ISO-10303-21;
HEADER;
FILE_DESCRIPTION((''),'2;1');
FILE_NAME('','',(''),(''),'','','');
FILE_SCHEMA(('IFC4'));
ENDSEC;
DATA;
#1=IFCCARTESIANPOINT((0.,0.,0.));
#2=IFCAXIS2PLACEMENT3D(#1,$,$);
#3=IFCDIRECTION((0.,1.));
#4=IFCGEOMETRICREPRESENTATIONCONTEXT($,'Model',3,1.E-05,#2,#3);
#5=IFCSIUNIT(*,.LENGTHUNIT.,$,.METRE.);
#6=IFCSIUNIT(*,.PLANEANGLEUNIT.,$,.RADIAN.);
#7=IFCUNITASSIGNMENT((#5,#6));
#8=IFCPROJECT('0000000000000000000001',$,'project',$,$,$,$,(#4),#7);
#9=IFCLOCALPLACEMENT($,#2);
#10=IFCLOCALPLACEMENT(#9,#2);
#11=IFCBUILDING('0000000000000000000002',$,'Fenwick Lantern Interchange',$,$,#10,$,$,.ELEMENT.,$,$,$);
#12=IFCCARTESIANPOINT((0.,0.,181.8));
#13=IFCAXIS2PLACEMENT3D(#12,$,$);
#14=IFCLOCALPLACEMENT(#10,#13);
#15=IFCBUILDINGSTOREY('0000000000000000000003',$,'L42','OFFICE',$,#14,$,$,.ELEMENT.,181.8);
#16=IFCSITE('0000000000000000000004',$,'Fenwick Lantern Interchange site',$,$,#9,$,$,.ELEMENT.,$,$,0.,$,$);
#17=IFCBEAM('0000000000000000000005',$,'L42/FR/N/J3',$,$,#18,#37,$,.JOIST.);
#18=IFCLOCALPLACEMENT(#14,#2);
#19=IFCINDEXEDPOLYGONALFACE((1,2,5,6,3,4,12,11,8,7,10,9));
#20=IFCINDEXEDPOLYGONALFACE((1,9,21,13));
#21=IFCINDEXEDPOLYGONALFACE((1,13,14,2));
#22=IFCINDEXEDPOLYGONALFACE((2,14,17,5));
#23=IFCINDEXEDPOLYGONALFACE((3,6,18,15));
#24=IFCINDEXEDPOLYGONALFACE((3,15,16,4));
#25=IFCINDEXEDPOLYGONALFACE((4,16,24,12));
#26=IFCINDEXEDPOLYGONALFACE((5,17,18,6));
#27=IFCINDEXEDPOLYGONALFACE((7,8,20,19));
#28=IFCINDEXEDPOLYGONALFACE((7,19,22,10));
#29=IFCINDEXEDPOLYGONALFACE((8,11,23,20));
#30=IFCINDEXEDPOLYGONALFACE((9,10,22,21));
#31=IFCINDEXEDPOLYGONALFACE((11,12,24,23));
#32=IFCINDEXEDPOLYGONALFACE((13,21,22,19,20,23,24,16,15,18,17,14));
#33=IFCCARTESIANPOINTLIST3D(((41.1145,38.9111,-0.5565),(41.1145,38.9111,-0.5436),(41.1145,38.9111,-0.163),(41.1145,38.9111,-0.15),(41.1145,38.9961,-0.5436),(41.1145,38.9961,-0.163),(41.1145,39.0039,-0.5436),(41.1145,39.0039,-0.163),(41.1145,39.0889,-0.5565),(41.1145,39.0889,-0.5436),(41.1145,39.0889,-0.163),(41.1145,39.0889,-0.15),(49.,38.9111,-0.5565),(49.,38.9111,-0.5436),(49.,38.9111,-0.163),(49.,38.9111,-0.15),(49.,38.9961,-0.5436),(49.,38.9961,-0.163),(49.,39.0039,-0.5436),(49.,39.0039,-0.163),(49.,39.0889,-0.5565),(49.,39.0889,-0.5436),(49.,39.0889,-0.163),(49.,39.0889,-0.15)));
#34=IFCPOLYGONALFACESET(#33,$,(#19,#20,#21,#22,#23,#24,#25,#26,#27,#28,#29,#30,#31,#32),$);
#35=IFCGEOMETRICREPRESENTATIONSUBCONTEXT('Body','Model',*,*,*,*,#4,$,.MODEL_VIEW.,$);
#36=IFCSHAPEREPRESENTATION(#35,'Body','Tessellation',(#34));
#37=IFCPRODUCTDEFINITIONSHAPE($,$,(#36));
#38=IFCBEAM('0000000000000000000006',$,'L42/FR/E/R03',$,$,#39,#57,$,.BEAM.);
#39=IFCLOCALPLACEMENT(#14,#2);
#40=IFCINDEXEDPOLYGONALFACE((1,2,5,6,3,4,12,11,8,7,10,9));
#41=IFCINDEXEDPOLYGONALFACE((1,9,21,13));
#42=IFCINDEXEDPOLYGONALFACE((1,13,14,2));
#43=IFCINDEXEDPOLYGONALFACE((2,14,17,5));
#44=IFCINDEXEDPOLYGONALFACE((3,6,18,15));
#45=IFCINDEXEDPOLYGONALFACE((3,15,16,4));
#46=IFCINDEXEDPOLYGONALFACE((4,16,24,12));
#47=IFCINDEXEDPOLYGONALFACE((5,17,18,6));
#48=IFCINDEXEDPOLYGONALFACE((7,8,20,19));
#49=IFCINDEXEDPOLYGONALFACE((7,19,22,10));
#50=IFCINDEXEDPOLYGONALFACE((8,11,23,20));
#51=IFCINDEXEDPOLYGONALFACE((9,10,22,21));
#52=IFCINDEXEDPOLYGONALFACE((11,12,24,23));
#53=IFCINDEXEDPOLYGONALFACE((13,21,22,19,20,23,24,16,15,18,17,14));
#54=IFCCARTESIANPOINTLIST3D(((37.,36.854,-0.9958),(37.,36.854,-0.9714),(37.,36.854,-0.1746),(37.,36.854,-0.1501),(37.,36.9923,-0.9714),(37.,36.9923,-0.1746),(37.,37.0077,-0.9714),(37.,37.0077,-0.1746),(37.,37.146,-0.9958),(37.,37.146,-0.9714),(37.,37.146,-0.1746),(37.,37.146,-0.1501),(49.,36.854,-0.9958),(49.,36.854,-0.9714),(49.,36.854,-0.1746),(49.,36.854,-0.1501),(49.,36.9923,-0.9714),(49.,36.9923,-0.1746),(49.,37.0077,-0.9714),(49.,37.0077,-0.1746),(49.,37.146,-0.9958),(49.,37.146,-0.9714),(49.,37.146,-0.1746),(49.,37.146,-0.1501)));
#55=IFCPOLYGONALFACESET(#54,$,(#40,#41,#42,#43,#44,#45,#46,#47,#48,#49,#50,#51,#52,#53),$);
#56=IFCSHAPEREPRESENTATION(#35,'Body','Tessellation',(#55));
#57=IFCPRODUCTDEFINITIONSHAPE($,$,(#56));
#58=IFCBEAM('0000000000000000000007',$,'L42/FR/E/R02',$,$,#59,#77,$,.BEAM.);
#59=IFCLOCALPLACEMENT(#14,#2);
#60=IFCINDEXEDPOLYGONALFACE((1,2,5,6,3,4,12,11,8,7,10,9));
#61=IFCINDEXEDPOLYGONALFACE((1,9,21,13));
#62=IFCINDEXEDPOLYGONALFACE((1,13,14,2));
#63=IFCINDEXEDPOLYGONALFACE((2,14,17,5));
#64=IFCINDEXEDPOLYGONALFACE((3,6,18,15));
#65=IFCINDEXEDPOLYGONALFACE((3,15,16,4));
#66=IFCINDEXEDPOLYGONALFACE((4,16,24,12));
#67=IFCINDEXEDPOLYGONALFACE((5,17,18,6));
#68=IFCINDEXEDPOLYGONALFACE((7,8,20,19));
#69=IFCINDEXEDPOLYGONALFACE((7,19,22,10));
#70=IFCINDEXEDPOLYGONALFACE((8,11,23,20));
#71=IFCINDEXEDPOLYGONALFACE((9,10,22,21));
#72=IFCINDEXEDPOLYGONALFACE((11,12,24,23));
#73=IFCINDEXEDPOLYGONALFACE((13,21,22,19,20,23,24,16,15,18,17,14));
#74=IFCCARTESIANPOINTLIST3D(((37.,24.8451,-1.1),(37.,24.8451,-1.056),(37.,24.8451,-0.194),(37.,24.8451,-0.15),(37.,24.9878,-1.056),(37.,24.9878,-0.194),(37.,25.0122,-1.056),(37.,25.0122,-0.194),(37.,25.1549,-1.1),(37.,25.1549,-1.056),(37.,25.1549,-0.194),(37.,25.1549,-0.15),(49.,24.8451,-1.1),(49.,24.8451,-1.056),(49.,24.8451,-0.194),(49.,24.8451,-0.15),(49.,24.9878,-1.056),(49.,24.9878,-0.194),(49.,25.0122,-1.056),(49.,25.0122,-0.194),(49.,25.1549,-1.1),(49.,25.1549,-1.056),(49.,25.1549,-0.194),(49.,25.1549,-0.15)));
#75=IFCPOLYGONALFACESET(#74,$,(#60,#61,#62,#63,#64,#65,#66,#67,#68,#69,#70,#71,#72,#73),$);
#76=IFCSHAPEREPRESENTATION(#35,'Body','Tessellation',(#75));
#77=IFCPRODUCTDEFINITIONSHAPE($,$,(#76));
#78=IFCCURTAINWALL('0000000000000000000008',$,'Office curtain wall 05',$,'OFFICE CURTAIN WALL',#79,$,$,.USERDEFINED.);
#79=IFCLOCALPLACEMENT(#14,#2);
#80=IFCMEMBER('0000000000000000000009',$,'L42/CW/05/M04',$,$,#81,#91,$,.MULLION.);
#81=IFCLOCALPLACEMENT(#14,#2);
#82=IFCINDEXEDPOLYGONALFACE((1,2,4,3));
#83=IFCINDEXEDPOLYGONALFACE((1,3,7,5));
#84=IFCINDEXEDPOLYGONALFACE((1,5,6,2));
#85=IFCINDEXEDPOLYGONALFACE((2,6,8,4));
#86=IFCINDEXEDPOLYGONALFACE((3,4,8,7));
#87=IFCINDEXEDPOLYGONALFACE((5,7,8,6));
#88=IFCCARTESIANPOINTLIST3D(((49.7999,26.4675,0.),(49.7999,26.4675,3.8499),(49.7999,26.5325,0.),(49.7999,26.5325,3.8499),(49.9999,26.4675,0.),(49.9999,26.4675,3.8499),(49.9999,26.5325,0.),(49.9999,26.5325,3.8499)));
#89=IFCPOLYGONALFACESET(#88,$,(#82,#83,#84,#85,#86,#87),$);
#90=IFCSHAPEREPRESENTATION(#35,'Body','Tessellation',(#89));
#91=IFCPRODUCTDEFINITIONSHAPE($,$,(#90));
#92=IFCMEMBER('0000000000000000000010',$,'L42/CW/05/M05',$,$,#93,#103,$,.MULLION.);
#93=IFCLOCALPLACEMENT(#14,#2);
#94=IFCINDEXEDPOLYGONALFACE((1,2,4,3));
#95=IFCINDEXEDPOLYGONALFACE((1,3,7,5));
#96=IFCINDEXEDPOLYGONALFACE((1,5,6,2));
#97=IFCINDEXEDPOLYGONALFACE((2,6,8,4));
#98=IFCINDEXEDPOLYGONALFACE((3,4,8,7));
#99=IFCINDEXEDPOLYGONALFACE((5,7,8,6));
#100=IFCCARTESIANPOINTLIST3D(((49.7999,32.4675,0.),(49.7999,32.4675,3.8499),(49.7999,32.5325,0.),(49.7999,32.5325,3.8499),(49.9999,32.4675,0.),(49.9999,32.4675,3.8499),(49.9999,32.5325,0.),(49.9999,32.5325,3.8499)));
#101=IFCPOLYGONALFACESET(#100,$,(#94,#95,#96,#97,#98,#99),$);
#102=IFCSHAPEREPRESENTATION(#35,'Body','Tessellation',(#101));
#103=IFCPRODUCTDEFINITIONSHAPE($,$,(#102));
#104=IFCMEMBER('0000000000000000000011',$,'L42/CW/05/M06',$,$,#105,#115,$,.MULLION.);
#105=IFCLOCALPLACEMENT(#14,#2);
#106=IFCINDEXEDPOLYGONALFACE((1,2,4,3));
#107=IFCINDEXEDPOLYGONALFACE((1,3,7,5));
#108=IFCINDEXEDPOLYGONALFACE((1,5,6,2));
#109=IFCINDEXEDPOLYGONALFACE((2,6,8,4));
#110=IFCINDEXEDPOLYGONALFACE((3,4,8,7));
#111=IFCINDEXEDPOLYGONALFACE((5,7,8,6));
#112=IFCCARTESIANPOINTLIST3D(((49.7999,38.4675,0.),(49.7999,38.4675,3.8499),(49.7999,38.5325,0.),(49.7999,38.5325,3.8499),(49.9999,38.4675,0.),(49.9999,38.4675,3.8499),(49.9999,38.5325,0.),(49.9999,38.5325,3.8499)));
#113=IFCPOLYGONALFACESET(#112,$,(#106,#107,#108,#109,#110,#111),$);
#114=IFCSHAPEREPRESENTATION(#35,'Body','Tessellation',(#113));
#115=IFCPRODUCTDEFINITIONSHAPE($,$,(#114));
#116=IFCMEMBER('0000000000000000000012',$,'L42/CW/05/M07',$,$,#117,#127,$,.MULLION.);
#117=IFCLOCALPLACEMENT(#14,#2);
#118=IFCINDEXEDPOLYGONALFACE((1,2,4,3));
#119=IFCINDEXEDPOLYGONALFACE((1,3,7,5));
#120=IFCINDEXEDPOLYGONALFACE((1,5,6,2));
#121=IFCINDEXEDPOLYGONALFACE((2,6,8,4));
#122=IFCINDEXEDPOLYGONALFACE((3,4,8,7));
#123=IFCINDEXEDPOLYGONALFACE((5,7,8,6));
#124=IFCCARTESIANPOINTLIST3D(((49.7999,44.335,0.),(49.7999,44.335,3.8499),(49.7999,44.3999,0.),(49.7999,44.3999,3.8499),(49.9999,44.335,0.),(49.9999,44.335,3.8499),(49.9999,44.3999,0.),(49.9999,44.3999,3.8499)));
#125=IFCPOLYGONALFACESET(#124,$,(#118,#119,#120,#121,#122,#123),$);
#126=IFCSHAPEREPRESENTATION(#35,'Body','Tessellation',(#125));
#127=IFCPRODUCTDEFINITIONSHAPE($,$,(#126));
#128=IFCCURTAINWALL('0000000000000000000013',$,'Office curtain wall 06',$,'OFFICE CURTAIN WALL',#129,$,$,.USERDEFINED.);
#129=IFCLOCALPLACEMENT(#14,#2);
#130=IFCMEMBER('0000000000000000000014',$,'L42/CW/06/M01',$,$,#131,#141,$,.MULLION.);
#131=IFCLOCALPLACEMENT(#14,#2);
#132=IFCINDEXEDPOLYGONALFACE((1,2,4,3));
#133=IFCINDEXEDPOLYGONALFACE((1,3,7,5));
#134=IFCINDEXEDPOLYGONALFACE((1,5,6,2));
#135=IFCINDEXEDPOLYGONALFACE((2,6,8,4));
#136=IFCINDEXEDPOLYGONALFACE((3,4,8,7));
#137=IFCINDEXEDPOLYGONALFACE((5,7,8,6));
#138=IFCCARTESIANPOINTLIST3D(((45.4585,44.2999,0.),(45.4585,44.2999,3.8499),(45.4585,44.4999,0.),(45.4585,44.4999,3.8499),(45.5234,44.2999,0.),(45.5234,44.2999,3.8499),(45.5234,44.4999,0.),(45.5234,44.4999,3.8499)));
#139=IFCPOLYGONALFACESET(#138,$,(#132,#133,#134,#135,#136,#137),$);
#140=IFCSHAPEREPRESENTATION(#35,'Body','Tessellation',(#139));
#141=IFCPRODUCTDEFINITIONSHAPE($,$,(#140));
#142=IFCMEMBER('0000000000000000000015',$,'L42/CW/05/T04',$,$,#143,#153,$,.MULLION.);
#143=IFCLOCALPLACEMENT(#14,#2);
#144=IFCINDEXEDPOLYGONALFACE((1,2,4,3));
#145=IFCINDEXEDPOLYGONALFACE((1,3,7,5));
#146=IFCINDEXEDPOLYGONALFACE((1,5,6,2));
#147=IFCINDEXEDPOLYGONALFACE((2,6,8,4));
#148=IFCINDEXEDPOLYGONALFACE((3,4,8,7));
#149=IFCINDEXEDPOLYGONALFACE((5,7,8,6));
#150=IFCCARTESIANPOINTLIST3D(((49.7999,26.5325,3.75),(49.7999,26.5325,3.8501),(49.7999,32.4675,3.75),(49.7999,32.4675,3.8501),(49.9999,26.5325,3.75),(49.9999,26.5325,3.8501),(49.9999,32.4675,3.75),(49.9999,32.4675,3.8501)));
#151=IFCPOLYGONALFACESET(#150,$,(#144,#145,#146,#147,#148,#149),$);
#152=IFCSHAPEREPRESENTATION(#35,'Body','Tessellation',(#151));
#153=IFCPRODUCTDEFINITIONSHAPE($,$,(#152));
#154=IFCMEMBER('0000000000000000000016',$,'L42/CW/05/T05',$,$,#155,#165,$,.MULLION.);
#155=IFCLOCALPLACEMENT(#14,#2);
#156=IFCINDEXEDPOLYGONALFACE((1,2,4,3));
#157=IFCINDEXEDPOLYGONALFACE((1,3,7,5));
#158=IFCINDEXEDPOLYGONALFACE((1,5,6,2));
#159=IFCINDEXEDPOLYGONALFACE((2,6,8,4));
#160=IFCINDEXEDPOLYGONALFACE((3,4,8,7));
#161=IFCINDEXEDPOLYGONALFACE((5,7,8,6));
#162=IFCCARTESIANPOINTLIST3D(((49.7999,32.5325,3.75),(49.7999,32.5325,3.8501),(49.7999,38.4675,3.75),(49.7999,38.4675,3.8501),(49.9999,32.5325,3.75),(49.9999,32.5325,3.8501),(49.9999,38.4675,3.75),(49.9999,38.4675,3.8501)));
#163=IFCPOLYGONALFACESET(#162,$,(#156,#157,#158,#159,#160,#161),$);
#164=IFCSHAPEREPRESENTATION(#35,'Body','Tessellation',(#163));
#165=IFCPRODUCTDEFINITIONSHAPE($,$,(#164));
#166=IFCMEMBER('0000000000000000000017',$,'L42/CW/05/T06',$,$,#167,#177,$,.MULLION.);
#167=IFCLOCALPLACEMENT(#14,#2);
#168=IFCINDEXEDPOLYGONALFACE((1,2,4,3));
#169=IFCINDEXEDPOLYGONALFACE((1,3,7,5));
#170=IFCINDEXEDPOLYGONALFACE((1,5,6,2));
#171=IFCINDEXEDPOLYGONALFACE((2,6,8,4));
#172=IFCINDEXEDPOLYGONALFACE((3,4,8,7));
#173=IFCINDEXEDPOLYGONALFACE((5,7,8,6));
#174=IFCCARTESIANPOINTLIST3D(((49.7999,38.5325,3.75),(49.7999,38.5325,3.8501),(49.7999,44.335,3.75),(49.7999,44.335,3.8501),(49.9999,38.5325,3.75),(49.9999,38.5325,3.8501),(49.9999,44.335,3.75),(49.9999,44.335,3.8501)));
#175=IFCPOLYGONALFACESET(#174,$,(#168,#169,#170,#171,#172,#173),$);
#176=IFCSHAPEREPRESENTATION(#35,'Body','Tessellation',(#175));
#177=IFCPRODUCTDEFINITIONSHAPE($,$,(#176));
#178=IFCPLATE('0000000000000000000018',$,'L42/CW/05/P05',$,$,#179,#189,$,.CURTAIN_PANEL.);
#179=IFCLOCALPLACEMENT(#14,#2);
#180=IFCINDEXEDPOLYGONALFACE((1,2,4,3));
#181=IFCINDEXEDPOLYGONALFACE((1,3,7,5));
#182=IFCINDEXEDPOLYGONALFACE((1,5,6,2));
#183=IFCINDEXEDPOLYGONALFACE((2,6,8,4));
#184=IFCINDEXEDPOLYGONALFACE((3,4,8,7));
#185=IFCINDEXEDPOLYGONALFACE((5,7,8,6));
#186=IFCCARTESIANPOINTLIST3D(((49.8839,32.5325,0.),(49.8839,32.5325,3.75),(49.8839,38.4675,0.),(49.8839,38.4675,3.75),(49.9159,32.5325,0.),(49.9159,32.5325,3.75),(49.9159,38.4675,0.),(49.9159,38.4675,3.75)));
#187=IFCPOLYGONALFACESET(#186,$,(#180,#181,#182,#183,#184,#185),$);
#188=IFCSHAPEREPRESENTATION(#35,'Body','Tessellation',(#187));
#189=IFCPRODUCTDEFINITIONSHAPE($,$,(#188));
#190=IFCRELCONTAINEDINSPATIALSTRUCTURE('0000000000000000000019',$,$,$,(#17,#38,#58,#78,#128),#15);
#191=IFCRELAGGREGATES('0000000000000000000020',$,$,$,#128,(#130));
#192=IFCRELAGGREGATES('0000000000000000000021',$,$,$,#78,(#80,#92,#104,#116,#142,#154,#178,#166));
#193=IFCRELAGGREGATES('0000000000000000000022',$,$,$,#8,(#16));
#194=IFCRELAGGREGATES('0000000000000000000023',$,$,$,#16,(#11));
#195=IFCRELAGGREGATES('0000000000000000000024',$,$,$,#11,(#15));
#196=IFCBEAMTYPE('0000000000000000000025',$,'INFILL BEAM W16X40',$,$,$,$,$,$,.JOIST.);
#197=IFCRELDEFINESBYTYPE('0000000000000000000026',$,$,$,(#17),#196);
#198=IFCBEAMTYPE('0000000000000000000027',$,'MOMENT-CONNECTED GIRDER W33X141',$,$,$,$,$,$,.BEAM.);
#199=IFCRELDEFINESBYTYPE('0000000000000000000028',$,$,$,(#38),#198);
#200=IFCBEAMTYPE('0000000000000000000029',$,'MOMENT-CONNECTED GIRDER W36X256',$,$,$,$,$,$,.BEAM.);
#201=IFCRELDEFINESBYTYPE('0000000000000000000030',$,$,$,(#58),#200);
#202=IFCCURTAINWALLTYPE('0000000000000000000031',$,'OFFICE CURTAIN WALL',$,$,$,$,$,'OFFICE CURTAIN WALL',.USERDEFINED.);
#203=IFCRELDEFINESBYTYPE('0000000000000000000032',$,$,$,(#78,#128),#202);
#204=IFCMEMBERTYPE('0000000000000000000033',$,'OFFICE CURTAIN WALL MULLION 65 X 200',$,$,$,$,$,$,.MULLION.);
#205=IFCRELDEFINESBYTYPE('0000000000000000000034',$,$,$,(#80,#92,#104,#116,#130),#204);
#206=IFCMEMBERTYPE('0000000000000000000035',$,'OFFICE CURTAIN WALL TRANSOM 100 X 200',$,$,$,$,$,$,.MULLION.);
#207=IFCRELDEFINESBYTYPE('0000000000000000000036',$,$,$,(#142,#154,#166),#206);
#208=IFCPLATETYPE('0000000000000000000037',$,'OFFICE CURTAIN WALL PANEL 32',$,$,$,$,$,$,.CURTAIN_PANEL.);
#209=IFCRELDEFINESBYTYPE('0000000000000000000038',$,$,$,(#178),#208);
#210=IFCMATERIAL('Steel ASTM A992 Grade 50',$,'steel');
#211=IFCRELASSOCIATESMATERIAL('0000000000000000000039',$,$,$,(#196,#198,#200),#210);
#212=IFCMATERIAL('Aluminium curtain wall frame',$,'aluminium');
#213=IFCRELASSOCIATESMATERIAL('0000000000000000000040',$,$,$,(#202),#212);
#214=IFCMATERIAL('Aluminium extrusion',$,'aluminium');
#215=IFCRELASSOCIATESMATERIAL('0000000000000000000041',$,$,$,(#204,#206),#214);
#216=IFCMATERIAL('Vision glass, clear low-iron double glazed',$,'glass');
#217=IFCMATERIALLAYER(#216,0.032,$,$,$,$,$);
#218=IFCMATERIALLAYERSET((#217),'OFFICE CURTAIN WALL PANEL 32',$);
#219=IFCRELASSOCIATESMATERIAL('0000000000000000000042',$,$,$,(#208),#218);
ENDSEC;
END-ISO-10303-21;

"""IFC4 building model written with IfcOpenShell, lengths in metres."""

from ifc_helpers import new_model, si_unit, direction, frame, origin, origin_2d, place, context, subcontext, project, spatial, rectangle, i_section, extrude, material, layer, layer_set, material_profile, profile_set, type_object, element, aggregate, save


model = new_model("IFC4")

# Units and contexts
model_context = context("Model", 3, precision=1e-05, world=origin(), true_north=direction((0.0, 1.0)))
body_context = subcontext(model_context, "Body", "Model", "MODEL_VIEW")
ifc_project = project(units=[si_unit("LENGTHUNIT", "METRE"), si_unit("PLANEANGLEUNIT", "RADIAN")], contexts=[model_context])

# Site, building, storey
site_placement = place(None, origin())
site = spatial("IfcSite", under=ifc_project, at=site_placement, Name="Fenwick Lantern Interchange site", CompositionType="ELEMENT", RefElevation=0.0)
building_placement = place(site_placement, origin())
building = spatial("IfcBuilding", under=site, at=building_placement, Name="Fenwick Lantern Interchange", CompositionType="ELEMENT")
storey_placement = place(building_placement, frame((0.0, 0.0, 181.8)))
storey = spatial("IfcBuildingStorey", under=building, at=storey_placement, Name="L42", Description="OFFICE", CompositionType="ELEMENT", Elevation=181.8)

# Shared definitions
ifc_material_1 = material(Name="Steel ASTM A992 Grade 50", Category="steel")

# Beams
ifc_material_profile_1 = material_profile(ifc_material_1, i_section(OverallWidth=0.1777, OverallDepth=0.4065, WebThickness=0.0078, FlangeThickness=0.0129, at=origin_2d()), Name="W16X40")
ifc_profile_set_1 = profile_set([ifc_material_profile_1], Name="Steel ASTM A992 Grade 50")
beam_type_1 = type_object("IfcBeamType", Name="INFILL BEAM W16X40", PredefinedType="JOIST", material=ifc_profile_set_1)
beam_1_placement = place(storey_placement, frame((49.0, 39.0, -0.3533), z_axis=(-1.0, 0.0, 0.0), x_axis=(0.0, -1.0, 0.0)))
element("IfcBeam", 1, at=beam_1_placement, inside=storey, type_object=beam_type_1, Name="L42/FR/N/J3", PredefinedType="JOIST", context=body_context, shape_type="SweptSolid", body=[
    extrude(i_section(OverallWidth=0.1777, OverallDepth=0.4065, WebThickness=0.0078, FlangeThickness=0.0129, at=origin_2d()), origin(), (0.0, 0.0, 1.0), 7.8855),
])
ifc_material_profile_2 = material_profile(ifc_material_1, i_section(OverallWidth=0.292, OverallDepth=0.8457, WebThickness=0.0154, FlangeThickness=0.0244, at=origin_2d()), Name="W33X141")
ifc_profile_set_2 = profile_set([ifc_material_profile_2], Name="Steel ASTM A992 Grade 50")
beam_type_2 = type_object("IfcBeamType", Name="MOMENT-CONNECTED GIRDER W33X141", PredefinedType="BEAM", material=ifc_profile_set_2)
beam_2_placement = place(storey_placement, frame((49.0, 37.0, -0.573), z_axis=(-1.0, 0.0, 0.0), x_axis=(0.0, -1.0, 0.0)))
element("IfcBeam", 2, at=beam_2_placement, inside=storey, type_object=beam_type_2, Name="L42/FR/E/R03", PredefinedType="BEAM", context=body_context, shape_type="SweptSolid", body=[
    extrude(i_section(OverallWidth=0.292, OverallDepth=0.8457, WebThickness=0.0154, FlangeThickness=0.0244, at=origin_2d()), origin(), (0.0, 0.0, 1.0), 12.0),
])
ifc_material_profile_3 = material_profile(ifc_material_1, i_section(OverallWidth=0.3098, OverallDepth=0.95, WebThickness=0.0244, FlangeThickness=0.0439, at=origin_2d()), Name="W36X256")
ifc_profile_set_3 = profile_set([ifc_material_profile_3], Name="Steel ASTM A992 Grade 50")
beam_type_3 = type_object("IfcBeamType", Name="MOMENT-CONNECTED GIRDER W36X256", PredefinedType="BEAM", material=ifc_profile_set_3)
beam_3_placement = place(storey_placement, frame((49.0, 25.0, -0.625), z_axis=(-1.0, 0.0, 0.0), x_axis=(0.0, -1.0, 0.0)))
element("IfcBeam", 3, at=beam_3_placement, inside=storey, type_object=beam_type_3, Name="L42/FR/E/R02", PredefinedType="BEAM", context=body_context, shape_type="SweptSolid", body=[
    extrude(i_section(OverallWidth=0.3098, OverallDepth=0.95, WebThickness=0.0244, FlangeThickness=0.0439, at=origin_2d()), origin(), (0.0, 0.0, 1.0), 12.0),
])

# Curtain wall, members
ifc_material_2 = material(Name="Aluminium curtain wall frame", Category="aluminium")
curtain_wall_type = type_object("IfcCurtainWallType", Name="OFFICE CURTAIN WALL", ElementType="OFFICE CURTAIN WALL", PredefinedType="USERDEFINED", material=ifc_material_2)
curtain_wall_1_placement = place(storey_placement, origin())
curtain_wall_1 = element("IfcCurtainWall", 4, at=curtain_wall_1_placement, inside=storey, type_object=curtain_wall_type, Name="Office curtain wall 05", ObjectType="OFFICE CURTAIN WALL", PredefinedType="USERDEFINED")
ifc_material_3 = material(Name="Aluminium extrusion", Category="aluminium")
ifc_material_profile_4 = material_profile(ifc_material_3, rectangle(XDim=0.2, YDim=0.0649, at=origin_2d()), Name="OFFICE CURTAIN WALL MULLION 65 X 200")
ifc_profile_set_4 = profile_set([ifc_material_profile_4], Name="Aluminium extrusion")
member_type_1 = type_object("IfcMemberType", Name="OFFICE CURTAIN WALL MULLION 65 X 200", PredefinedType="MULLION", material=ifc_profile_set_4)
member_1_placement = place(storey_placement, frame((49.8999, 26.5, 0.0), z_axis=(0.0, 0.0, 1.0), x_axis=(-1.0, 0.0, 0.0)))
member_1 = element("IfcMember", 5, at=member_1_placement, type_object=member_type_1, Name="L42/CW/05/M04", PredefinedType="MULLION", context=body_context, shape_type="SweptSolid", body=[
    extrude(rectangle(XDim=0.2, YDim=0.0649, at=origin_2d()), origin(), (0.0, 0.0, 1.0), 3.8499),
])
member_2_placement = place(storey_placement, frame((49.8999, 32.5, 0.0), z_axis=(0.0, 0.0, 1.0), x_axis=(-1.0, 0.0, 0.0)))
member_2 = element("IfcMember", 6, at=member_2_placement, type_object=member_type_1, Name="L42/CW/05/M05", PredefinedType="MULLION", context=body_context, shape_type="SweptSolid", body=[
    extrude(rectangle(XDim=0.2, YDim=0.0649, at=origin_2d()), origin(), (0.0, 0.0, 1.0), 3.8499),
])
member_3_placement = place(storey_placement, frame((49.8999, 38.5, 0.0), z_axis=(0.0, 0.0, 1.0), x_axis=(-1.0, 0.0, 0.0)))
member_3 = element("IfcMember", 7, at=member_3_placement, type_object=member_type_1, Name="L42/CW/05/M06", PredefinedType="MULLION", context=body_context, shape_type="SweptSolid", body=[
    extrude(rectangle(XDim=0.2, YDim=0.0649, at=origin_2d()), origin(), (0.0, 0.0, 1.0), 3.8499),
])
member_4_placement = place(storey_placement, frame((49.8999, 44.3674, 0.0), z_axis=(0.0, 0.0, 1.0), x_axis=(-1.0, 0.0, 0.0)))
member_4 = element("IfcMember", 8, at=member_4_placement, type_object=member_type_1, Name="L42/CW/05/M07", PredefinedType="MULLION", context=body_context, shape_type="SweptSolid", body=[
    extrude(rectangle(XDim=0.2, YDim=0.0649, at=origin_2d()), origin(), (0.0, 0.0, 1.0), 3.8499),
])

# Curtain wall, member
curtain_wall_2_placement = place(storey_placement, origin())
curtain_wall_2 = element("IfcCurtainWall", 9, at=curtain_wall_2_placement, inside=storey, type_object=curtain_wall_type, Name="Office curtain wall 06", ObjectType="OFFICE CURTAIN WALL", PredefinedType="USERDEFINED")
member_5_placement = place(storey_placement, frame((45.491, 44.3999, 0.0), z_axis=(0.0, 0.0, 1.0), x_axis=(0.0, -1.0, 0.0)))
member_5 = element("IfcMember", 10, at=member_5_placement, type_object=member_type_1, Name="L42/CW/06/M01", PredefinedType="MULLION", context=body_context, shape_type="SweptSolid", body=[
    extrude(rectangle(XDim=0.2, YDim=0.0649, at=origin_2d()), origin(), (0.0, 0.0, 1.0), 3.8499),
])
aggregate(curtain_wall_2, [member_5])

# Members
ifc_material_profile_5 = material_profile(ifc_material_3, rectangle(XDim=0.2, YDim=0.1001, at=origin_2d()), Name="OFFICE CURTAIN WALL TRANSOM 100 X 200")
ifc_profile_set_5 = profile_set([ifc_material_profile_5], Name="Aluminium extrusion")
member_type_2 = type_object("IfcMemberType", Name="OFFICE CURTAIN WALL TRANSOM 100 X 200", PredefinedType="MULLION", material=ifc_profile_set_5)
member_6_placement = place(storey_placement, frame((49.8999, 26.5325, 3.8), z_axis=(0.0, 1.0, 0.0), x_axis=(-1.0, 0.0, 0.0)))
member_6 = element("IfcMember", 11, at=member_6_placement, type_object=member_type_2, Name="L42/CW/05/T04", PredefinedType="MULLION", context=body_context, shape_type="SweptSolid", body=[
    extrude(rectangle(XDim=0.2, YDim=0.1001, at=origin_2d()), origin(), (0.0, 0.0, 1.0), 5.9351),
])
member_7_placement = place(storey_placement, frame((49.8999, 32.5325, 3.8), z_axis=(0.0, 1.0, 0.0), x_axis=(-1.0, 0.0, 0.0)))
member_7 = element("IfcMember", 12, at=member_7_placement, type_object=member_type_2, Name="L42/CW/05/T05", PredefinedType="MULLION", context=body_context, shape_type="SweptSolid", body=[
    extrude(rectangle(XDim=0.2, YDim=0.1001, at=origin_2d()), origin(), (0.0, 0.0, 1.0), 5.9351),
])
member_8_placement = place(storey_placement, frame((49.8999, 38.5325, 3.8), z_axis=(0.0, 1.0, 0.0), x_axis=(-1.0, 0.0, 0.0)))
member_8 = element("IfcMember", 13, at=member_8_placement, type_object=member_type_2, Name="L42/CW/05/T06", PredefinedType="MULLION", context=body_context, shape_type="SweptSolid", body=[
    extrude(rectangle(XDim=0.2, YDim=0.1001, at=origin_2d()), origin(), (0.0, 0.0, 1.0), 5.8025),
])

# Plate
ifc_material_4 = material(Name="Vision glass, clear low-iron double glazed", Category="glass")
ifc_layer_1 = layer(ifc_material_4, 0.032)
ifc_layer_set_1 = layer_set([ifc_layer_1], Name="OFFICE CURTAIN WALL PANEL 32")
plate_type = type_object("IfcPlateType", Name="OFFICE CURTAIN WALL PANEL 32", PredefinedType="CURTAIN_PANEL", material=ifc_layer_set_1)
plate_placement = place(storey_placement, frame((49.8999, 35.5, 0.0), z_axis=(0.0, 0.0, 1.0), x_axis=(0.0, 1.0, 0.0)))
plate = element("IfcPlate", 14, at=plate_placement, type_object=plate_type, Name="L42/CW/05/P05", PredefinedType="CURTAIN_PANEL", context=body_context, shape_type="SweptSolid", body=[
    extrude(rectangle(XDim=5.9351, YDim=0.032, at=origin_2d()), origin(), (0.0, 0.0, 1.0), 3.75),
])
aggregate(curtain_wall_1, [member_1, member_2, member_3, member_4, member_6, member_7, plate, member_8])

save(model, "model.ifc")
